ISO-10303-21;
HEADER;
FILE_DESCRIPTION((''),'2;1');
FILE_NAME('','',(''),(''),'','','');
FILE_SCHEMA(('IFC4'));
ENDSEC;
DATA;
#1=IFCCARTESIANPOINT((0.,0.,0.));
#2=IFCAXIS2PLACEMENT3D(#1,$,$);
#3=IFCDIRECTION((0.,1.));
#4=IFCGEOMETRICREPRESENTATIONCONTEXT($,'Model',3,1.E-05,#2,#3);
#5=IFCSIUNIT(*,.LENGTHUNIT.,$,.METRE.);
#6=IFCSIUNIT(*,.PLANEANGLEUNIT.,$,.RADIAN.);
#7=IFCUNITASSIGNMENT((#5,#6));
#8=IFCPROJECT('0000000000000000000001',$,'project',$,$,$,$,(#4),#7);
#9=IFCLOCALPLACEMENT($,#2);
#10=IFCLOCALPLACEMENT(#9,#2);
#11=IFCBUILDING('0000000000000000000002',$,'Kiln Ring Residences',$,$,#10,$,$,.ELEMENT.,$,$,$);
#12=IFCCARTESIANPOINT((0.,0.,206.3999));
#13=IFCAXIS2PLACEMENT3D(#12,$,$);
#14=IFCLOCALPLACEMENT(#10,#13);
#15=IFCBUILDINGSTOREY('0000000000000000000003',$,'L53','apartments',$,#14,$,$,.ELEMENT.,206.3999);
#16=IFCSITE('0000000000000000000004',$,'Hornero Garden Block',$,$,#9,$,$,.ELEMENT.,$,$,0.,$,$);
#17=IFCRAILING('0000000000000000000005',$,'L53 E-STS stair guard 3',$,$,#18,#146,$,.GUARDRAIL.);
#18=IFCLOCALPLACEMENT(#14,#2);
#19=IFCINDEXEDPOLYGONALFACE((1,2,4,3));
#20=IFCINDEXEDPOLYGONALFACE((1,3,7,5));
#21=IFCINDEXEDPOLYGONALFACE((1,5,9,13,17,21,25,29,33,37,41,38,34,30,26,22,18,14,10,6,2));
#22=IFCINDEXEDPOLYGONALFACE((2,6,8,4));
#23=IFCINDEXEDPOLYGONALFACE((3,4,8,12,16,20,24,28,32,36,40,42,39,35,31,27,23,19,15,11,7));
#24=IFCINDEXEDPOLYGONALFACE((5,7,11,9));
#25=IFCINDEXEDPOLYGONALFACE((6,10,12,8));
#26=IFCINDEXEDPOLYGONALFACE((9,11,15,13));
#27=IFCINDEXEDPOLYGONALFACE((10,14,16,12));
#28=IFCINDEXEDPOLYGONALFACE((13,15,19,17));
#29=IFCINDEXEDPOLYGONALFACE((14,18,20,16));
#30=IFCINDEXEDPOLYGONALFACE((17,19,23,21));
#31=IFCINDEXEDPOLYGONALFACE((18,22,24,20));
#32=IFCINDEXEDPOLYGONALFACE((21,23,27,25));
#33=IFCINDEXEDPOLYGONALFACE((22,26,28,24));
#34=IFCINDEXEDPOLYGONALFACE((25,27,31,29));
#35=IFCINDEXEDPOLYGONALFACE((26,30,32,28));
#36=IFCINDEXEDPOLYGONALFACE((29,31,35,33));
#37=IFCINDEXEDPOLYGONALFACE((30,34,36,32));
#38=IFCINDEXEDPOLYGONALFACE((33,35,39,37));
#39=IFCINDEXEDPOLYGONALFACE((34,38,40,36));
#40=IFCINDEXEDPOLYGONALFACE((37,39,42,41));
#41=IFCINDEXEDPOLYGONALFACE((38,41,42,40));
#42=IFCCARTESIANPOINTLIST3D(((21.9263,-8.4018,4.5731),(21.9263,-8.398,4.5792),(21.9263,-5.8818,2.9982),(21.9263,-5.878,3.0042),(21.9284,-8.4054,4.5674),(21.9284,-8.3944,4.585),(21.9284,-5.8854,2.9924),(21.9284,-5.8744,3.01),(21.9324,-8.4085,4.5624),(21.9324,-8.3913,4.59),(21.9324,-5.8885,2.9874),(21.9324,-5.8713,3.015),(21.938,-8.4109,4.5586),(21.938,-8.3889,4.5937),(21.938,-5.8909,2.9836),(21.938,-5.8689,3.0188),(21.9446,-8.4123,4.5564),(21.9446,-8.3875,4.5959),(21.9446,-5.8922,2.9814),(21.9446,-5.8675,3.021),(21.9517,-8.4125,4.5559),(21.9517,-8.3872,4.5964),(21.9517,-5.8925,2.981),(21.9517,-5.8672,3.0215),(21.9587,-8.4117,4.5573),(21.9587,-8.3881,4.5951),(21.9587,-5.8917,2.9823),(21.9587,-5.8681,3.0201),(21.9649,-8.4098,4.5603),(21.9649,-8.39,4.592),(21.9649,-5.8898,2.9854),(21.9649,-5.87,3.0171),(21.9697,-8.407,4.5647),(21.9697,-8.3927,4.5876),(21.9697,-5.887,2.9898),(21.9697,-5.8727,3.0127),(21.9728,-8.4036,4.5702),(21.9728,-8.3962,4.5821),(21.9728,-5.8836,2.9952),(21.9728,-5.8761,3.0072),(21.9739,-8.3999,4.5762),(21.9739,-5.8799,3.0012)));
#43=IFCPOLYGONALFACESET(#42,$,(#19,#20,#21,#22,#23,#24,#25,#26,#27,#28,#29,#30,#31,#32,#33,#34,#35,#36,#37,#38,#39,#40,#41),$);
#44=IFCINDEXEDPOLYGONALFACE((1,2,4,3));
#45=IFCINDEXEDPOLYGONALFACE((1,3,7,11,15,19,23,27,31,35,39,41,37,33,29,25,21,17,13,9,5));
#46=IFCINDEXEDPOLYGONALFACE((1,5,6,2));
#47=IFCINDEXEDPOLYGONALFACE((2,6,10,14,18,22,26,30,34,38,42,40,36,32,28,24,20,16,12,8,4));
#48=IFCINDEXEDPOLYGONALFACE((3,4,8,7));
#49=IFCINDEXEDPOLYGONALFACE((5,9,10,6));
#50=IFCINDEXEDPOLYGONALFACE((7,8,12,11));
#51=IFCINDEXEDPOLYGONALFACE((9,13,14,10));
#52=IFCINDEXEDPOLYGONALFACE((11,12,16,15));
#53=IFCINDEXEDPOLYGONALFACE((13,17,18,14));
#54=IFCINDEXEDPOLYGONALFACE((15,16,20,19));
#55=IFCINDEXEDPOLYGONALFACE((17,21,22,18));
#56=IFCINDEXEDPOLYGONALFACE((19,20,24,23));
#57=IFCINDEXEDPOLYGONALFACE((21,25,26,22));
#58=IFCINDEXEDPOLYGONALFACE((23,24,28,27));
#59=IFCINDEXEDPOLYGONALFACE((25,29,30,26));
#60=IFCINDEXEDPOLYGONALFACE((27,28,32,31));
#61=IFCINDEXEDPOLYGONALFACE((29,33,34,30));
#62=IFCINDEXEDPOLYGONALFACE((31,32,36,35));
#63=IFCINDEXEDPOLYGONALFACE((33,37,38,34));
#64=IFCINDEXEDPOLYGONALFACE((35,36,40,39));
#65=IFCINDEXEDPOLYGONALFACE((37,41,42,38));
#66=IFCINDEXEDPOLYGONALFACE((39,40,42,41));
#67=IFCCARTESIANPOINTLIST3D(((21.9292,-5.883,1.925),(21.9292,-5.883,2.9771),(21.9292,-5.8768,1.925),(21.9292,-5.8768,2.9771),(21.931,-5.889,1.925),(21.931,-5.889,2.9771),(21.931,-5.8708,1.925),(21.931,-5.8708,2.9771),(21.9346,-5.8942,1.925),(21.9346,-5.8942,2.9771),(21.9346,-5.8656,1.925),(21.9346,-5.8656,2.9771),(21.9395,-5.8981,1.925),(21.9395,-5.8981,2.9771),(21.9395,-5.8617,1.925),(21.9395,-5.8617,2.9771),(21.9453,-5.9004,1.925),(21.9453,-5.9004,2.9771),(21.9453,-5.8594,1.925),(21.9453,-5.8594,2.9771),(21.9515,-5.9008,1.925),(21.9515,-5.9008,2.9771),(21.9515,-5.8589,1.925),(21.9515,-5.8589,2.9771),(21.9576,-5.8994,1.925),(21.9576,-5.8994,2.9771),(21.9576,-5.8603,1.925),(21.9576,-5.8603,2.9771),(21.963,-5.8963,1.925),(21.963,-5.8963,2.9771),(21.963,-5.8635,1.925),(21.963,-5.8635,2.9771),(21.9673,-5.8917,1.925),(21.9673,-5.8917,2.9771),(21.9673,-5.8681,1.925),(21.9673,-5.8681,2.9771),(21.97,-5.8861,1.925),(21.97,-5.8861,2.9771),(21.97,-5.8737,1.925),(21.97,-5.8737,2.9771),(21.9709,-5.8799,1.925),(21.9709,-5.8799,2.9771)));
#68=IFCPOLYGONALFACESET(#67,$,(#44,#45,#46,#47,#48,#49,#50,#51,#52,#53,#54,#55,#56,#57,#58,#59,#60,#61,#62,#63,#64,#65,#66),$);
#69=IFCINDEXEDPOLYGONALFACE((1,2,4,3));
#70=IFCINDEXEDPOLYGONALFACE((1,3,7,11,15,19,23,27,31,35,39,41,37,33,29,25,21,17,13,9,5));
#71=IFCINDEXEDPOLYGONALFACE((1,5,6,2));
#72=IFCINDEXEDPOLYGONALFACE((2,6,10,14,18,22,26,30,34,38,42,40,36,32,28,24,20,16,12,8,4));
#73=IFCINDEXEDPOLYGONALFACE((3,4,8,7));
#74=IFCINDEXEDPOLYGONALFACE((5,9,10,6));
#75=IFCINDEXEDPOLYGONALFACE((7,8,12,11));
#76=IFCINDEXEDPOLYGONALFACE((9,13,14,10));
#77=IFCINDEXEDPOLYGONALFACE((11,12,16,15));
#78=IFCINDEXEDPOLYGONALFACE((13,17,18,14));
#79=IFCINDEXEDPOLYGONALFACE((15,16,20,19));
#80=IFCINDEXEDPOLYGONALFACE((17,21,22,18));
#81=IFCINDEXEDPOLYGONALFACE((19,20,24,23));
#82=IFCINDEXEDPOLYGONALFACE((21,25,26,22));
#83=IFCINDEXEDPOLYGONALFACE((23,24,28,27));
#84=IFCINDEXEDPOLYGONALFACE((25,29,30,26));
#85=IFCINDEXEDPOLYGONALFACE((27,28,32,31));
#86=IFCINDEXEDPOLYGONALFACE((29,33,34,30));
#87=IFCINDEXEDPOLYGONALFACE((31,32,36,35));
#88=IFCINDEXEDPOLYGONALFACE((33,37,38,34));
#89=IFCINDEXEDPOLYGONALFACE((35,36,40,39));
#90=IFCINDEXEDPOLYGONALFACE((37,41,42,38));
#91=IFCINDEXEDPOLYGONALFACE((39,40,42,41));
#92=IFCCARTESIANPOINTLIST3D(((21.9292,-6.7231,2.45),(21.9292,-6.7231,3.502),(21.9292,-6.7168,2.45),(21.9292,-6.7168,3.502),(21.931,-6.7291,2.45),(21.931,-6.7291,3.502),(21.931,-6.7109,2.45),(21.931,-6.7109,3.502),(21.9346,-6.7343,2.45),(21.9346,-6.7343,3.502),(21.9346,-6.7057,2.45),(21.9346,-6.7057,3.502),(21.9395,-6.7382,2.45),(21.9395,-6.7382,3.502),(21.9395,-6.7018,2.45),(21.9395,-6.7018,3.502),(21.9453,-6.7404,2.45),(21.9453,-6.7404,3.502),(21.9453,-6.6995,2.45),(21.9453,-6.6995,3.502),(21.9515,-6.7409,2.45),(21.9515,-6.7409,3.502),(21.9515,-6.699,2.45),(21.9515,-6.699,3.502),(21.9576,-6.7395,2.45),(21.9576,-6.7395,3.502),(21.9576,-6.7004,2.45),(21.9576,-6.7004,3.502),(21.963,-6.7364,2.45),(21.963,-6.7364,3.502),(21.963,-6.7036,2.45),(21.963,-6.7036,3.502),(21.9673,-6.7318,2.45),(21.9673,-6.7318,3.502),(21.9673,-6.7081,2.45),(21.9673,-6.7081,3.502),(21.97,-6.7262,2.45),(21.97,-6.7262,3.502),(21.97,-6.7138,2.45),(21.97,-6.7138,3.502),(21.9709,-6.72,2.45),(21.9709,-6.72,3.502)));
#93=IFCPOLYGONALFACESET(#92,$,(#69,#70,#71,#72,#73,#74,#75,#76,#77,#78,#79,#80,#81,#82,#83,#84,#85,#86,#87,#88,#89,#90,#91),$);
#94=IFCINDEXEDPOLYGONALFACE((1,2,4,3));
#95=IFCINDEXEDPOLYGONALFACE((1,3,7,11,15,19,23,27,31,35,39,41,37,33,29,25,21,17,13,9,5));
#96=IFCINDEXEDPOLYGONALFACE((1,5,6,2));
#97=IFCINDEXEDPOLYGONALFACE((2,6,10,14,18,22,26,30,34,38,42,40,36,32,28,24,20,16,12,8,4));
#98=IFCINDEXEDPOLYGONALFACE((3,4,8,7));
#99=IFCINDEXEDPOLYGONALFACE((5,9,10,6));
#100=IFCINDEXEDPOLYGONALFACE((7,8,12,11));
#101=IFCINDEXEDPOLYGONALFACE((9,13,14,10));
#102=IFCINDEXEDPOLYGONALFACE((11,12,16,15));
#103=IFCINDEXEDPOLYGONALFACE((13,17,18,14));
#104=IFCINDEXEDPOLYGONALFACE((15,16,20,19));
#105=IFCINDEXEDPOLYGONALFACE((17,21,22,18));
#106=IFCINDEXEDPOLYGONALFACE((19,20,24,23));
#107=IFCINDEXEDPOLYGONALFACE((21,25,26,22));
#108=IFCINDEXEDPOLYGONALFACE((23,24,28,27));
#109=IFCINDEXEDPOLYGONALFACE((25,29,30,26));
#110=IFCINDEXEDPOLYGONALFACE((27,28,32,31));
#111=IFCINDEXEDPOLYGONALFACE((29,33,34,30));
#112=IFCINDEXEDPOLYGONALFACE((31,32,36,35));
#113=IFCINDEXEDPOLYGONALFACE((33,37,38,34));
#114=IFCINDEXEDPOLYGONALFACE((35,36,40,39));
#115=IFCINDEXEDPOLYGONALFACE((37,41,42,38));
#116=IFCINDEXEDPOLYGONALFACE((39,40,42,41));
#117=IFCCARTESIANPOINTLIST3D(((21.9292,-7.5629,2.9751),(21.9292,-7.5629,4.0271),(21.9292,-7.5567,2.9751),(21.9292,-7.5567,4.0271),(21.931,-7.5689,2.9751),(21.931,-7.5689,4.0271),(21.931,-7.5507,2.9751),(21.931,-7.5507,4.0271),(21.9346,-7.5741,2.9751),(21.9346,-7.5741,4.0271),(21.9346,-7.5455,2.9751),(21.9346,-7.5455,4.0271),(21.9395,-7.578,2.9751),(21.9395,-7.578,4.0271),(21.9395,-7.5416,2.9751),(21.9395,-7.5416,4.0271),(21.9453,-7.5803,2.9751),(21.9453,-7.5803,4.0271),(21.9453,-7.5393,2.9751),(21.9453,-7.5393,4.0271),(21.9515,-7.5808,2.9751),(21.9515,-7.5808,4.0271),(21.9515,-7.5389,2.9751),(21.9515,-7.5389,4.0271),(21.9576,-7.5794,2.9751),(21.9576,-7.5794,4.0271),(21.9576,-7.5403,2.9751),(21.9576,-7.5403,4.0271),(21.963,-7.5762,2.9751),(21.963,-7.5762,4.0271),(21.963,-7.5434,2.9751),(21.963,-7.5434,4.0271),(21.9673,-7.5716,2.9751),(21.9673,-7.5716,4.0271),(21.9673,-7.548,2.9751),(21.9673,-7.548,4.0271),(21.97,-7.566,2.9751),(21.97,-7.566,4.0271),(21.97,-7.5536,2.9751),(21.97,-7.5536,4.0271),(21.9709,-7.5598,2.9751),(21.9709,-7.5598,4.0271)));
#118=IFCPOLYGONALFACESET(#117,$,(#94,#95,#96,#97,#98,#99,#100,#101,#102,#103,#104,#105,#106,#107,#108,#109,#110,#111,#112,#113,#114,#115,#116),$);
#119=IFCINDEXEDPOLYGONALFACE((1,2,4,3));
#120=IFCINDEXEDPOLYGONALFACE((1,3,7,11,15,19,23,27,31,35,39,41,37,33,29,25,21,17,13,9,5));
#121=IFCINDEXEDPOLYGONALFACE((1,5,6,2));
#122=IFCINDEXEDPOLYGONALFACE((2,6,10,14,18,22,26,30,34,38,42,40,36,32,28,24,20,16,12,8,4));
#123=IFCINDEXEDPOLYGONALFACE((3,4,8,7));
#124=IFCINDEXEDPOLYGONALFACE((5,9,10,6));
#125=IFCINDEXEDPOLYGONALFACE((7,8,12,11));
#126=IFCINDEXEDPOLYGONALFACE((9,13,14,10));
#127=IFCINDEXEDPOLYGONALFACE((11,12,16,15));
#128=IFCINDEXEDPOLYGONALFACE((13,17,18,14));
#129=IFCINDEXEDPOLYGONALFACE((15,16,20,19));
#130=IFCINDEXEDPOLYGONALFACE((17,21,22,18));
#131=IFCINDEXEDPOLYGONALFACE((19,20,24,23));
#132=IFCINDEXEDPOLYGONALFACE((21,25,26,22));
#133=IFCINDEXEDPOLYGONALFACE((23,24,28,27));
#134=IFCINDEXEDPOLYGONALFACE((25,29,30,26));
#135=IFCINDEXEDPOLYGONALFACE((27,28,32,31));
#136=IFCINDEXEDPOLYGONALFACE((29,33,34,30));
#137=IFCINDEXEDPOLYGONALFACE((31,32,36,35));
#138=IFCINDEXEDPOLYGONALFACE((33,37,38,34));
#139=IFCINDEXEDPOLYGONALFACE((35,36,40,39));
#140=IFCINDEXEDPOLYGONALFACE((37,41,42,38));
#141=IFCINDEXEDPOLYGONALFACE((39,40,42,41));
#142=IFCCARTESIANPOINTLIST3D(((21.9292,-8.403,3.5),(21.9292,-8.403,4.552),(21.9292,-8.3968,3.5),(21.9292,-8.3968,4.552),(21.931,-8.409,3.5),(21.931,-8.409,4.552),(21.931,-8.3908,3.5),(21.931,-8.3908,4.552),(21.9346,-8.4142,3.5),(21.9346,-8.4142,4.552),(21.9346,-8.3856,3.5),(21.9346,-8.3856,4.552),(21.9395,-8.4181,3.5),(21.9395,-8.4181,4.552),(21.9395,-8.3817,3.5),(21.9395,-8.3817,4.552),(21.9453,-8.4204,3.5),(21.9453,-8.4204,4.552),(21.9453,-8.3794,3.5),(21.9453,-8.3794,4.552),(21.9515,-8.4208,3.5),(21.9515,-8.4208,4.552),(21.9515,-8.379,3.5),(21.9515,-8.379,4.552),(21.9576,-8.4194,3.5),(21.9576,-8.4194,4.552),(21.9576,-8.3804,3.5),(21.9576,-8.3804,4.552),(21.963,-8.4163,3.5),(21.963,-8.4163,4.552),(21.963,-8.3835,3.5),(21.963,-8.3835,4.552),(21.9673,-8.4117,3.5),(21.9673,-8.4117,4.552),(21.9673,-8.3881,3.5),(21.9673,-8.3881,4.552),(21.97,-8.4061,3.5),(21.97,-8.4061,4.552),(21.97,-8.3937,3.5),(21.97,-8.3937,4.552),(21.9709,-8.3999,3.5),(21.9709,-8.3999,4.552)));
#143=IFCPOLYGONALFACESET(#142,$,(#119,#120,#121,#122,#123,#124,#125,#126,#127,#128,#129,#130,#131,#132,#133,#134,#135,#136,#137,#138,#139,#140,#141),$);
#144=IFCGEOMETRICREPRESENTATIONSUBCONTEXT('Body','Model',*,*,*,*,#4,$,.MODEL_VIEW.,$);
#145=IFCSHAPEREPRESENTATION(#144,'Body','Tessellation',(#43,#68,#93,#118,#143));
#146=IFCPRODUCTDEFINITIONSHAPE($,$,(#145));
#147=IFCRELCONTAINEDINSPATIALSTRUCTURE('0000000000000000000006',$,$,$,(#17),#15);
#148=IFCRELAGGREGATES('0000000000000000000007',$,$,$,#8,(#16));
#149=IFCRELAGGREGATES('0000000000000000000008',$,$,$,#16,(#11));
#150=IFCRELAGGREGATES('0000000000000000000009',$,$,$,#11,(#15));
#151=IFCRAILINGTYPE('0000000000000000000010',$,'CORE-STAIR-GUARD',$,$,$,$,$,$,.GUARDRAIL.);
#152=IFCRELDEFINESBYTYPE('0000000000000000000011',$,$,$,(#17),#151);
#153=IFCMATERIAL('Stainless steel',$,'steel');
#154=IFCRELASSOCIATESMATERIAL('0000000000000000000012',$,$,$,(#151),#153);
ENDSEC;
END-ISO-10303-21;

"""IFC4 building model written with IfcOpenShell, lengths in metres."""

from ifc_helpers import new_model, si_unit, direction, frame, origin, origin_2d, place, context, subcontext, project, spatial, circle, extrude, material, type_object, element, save


model = new_model("IFC4")

# Units and contexts
model_context = context("Model", 3, precision=1e-05, world=origin(), true_north=direction((0.0, 1.0)))
body_context = subcontext(model_context, "Body", "Model", "MODEL_VIEW")
ifc_project = project(units=[si_unit("LENGTHUNIT", "METRE"), si_unit("PLANEANGLEUNIT", "RADIAN")], contexts=[model_context])

# Site, building, storey
site_placement = place(None, origin())
site = spatial("IfcSite", under=ifc_project, at=site_placement, Name="Hornero Garden Block", CompositionType="ELEMENT", RefElevation=0.0)
building_placement = place(site_placement, origin())
building = spatial("IfcBuilding", under=site, at=building_placement, Name="Kiln Ring Residences", CompositionType="ELEMENT")
storey_placement = place(building_placement, frame((0.0, 0.0, 206.3999)))
storey = spatial("IfcBuildingStorey", under=building, at=storey_placement, Name="L53", Description="apartments", CompositionType="ELEMENT", Elevation=206.3999)

# Railing
ifc_material_1 = material(Name="Stainless steel", Category="steel")
railing_type_1 = type_object("IfcRailingType", Name="CORE-STAIR-GUARD", PredefinedType="GUARDRAIL", material=ifc_material_1)
railing_1_placement = place(storey_placement, frame((21.95, -5.8799, 1.925)))
element("IfcRailing", 1, at=railing_1_placement, inside=storey, type_object=railing_type_1, Name="L53 E-STS stair guard 3", PredefinedType="GUARDRAIL", context=body_context, shape_type="SweptSolid", body=[
    extrude(circle(Radius=0.0239, at=origin_2d()), frame((0.0, 0.0, 1.0762), z_axis=(0.0, -0.848008, 0.529984), x_axis=(1.0, 0.0, 0.0)), (0.0, 0.0, 1.0), 2.9717),
    extrude(circle(Radius=0.021, at=origin_2d()), origin(), (0.0, 0.0, 1.0), 1.052),
    extrude(circle(Radius=0.021, at=origin_2d()), frame((0.0, -0.8401, 0.5249)), (0.0, 0.0, 1.0), 1.052),
    extrude(circle(Radius=0.021, at=origin_2d()), frame((0.0, -1.6799, 1.05)), (0.0, 0.0, 1.0), 1.052),
    extrude(circle(Radius=0.021, at=origin_2d()), frame((0.0, -2.52, 1.575)), (0.0, 0.0, 1.0), 1.052),
])

save(model, "model.ifc")
